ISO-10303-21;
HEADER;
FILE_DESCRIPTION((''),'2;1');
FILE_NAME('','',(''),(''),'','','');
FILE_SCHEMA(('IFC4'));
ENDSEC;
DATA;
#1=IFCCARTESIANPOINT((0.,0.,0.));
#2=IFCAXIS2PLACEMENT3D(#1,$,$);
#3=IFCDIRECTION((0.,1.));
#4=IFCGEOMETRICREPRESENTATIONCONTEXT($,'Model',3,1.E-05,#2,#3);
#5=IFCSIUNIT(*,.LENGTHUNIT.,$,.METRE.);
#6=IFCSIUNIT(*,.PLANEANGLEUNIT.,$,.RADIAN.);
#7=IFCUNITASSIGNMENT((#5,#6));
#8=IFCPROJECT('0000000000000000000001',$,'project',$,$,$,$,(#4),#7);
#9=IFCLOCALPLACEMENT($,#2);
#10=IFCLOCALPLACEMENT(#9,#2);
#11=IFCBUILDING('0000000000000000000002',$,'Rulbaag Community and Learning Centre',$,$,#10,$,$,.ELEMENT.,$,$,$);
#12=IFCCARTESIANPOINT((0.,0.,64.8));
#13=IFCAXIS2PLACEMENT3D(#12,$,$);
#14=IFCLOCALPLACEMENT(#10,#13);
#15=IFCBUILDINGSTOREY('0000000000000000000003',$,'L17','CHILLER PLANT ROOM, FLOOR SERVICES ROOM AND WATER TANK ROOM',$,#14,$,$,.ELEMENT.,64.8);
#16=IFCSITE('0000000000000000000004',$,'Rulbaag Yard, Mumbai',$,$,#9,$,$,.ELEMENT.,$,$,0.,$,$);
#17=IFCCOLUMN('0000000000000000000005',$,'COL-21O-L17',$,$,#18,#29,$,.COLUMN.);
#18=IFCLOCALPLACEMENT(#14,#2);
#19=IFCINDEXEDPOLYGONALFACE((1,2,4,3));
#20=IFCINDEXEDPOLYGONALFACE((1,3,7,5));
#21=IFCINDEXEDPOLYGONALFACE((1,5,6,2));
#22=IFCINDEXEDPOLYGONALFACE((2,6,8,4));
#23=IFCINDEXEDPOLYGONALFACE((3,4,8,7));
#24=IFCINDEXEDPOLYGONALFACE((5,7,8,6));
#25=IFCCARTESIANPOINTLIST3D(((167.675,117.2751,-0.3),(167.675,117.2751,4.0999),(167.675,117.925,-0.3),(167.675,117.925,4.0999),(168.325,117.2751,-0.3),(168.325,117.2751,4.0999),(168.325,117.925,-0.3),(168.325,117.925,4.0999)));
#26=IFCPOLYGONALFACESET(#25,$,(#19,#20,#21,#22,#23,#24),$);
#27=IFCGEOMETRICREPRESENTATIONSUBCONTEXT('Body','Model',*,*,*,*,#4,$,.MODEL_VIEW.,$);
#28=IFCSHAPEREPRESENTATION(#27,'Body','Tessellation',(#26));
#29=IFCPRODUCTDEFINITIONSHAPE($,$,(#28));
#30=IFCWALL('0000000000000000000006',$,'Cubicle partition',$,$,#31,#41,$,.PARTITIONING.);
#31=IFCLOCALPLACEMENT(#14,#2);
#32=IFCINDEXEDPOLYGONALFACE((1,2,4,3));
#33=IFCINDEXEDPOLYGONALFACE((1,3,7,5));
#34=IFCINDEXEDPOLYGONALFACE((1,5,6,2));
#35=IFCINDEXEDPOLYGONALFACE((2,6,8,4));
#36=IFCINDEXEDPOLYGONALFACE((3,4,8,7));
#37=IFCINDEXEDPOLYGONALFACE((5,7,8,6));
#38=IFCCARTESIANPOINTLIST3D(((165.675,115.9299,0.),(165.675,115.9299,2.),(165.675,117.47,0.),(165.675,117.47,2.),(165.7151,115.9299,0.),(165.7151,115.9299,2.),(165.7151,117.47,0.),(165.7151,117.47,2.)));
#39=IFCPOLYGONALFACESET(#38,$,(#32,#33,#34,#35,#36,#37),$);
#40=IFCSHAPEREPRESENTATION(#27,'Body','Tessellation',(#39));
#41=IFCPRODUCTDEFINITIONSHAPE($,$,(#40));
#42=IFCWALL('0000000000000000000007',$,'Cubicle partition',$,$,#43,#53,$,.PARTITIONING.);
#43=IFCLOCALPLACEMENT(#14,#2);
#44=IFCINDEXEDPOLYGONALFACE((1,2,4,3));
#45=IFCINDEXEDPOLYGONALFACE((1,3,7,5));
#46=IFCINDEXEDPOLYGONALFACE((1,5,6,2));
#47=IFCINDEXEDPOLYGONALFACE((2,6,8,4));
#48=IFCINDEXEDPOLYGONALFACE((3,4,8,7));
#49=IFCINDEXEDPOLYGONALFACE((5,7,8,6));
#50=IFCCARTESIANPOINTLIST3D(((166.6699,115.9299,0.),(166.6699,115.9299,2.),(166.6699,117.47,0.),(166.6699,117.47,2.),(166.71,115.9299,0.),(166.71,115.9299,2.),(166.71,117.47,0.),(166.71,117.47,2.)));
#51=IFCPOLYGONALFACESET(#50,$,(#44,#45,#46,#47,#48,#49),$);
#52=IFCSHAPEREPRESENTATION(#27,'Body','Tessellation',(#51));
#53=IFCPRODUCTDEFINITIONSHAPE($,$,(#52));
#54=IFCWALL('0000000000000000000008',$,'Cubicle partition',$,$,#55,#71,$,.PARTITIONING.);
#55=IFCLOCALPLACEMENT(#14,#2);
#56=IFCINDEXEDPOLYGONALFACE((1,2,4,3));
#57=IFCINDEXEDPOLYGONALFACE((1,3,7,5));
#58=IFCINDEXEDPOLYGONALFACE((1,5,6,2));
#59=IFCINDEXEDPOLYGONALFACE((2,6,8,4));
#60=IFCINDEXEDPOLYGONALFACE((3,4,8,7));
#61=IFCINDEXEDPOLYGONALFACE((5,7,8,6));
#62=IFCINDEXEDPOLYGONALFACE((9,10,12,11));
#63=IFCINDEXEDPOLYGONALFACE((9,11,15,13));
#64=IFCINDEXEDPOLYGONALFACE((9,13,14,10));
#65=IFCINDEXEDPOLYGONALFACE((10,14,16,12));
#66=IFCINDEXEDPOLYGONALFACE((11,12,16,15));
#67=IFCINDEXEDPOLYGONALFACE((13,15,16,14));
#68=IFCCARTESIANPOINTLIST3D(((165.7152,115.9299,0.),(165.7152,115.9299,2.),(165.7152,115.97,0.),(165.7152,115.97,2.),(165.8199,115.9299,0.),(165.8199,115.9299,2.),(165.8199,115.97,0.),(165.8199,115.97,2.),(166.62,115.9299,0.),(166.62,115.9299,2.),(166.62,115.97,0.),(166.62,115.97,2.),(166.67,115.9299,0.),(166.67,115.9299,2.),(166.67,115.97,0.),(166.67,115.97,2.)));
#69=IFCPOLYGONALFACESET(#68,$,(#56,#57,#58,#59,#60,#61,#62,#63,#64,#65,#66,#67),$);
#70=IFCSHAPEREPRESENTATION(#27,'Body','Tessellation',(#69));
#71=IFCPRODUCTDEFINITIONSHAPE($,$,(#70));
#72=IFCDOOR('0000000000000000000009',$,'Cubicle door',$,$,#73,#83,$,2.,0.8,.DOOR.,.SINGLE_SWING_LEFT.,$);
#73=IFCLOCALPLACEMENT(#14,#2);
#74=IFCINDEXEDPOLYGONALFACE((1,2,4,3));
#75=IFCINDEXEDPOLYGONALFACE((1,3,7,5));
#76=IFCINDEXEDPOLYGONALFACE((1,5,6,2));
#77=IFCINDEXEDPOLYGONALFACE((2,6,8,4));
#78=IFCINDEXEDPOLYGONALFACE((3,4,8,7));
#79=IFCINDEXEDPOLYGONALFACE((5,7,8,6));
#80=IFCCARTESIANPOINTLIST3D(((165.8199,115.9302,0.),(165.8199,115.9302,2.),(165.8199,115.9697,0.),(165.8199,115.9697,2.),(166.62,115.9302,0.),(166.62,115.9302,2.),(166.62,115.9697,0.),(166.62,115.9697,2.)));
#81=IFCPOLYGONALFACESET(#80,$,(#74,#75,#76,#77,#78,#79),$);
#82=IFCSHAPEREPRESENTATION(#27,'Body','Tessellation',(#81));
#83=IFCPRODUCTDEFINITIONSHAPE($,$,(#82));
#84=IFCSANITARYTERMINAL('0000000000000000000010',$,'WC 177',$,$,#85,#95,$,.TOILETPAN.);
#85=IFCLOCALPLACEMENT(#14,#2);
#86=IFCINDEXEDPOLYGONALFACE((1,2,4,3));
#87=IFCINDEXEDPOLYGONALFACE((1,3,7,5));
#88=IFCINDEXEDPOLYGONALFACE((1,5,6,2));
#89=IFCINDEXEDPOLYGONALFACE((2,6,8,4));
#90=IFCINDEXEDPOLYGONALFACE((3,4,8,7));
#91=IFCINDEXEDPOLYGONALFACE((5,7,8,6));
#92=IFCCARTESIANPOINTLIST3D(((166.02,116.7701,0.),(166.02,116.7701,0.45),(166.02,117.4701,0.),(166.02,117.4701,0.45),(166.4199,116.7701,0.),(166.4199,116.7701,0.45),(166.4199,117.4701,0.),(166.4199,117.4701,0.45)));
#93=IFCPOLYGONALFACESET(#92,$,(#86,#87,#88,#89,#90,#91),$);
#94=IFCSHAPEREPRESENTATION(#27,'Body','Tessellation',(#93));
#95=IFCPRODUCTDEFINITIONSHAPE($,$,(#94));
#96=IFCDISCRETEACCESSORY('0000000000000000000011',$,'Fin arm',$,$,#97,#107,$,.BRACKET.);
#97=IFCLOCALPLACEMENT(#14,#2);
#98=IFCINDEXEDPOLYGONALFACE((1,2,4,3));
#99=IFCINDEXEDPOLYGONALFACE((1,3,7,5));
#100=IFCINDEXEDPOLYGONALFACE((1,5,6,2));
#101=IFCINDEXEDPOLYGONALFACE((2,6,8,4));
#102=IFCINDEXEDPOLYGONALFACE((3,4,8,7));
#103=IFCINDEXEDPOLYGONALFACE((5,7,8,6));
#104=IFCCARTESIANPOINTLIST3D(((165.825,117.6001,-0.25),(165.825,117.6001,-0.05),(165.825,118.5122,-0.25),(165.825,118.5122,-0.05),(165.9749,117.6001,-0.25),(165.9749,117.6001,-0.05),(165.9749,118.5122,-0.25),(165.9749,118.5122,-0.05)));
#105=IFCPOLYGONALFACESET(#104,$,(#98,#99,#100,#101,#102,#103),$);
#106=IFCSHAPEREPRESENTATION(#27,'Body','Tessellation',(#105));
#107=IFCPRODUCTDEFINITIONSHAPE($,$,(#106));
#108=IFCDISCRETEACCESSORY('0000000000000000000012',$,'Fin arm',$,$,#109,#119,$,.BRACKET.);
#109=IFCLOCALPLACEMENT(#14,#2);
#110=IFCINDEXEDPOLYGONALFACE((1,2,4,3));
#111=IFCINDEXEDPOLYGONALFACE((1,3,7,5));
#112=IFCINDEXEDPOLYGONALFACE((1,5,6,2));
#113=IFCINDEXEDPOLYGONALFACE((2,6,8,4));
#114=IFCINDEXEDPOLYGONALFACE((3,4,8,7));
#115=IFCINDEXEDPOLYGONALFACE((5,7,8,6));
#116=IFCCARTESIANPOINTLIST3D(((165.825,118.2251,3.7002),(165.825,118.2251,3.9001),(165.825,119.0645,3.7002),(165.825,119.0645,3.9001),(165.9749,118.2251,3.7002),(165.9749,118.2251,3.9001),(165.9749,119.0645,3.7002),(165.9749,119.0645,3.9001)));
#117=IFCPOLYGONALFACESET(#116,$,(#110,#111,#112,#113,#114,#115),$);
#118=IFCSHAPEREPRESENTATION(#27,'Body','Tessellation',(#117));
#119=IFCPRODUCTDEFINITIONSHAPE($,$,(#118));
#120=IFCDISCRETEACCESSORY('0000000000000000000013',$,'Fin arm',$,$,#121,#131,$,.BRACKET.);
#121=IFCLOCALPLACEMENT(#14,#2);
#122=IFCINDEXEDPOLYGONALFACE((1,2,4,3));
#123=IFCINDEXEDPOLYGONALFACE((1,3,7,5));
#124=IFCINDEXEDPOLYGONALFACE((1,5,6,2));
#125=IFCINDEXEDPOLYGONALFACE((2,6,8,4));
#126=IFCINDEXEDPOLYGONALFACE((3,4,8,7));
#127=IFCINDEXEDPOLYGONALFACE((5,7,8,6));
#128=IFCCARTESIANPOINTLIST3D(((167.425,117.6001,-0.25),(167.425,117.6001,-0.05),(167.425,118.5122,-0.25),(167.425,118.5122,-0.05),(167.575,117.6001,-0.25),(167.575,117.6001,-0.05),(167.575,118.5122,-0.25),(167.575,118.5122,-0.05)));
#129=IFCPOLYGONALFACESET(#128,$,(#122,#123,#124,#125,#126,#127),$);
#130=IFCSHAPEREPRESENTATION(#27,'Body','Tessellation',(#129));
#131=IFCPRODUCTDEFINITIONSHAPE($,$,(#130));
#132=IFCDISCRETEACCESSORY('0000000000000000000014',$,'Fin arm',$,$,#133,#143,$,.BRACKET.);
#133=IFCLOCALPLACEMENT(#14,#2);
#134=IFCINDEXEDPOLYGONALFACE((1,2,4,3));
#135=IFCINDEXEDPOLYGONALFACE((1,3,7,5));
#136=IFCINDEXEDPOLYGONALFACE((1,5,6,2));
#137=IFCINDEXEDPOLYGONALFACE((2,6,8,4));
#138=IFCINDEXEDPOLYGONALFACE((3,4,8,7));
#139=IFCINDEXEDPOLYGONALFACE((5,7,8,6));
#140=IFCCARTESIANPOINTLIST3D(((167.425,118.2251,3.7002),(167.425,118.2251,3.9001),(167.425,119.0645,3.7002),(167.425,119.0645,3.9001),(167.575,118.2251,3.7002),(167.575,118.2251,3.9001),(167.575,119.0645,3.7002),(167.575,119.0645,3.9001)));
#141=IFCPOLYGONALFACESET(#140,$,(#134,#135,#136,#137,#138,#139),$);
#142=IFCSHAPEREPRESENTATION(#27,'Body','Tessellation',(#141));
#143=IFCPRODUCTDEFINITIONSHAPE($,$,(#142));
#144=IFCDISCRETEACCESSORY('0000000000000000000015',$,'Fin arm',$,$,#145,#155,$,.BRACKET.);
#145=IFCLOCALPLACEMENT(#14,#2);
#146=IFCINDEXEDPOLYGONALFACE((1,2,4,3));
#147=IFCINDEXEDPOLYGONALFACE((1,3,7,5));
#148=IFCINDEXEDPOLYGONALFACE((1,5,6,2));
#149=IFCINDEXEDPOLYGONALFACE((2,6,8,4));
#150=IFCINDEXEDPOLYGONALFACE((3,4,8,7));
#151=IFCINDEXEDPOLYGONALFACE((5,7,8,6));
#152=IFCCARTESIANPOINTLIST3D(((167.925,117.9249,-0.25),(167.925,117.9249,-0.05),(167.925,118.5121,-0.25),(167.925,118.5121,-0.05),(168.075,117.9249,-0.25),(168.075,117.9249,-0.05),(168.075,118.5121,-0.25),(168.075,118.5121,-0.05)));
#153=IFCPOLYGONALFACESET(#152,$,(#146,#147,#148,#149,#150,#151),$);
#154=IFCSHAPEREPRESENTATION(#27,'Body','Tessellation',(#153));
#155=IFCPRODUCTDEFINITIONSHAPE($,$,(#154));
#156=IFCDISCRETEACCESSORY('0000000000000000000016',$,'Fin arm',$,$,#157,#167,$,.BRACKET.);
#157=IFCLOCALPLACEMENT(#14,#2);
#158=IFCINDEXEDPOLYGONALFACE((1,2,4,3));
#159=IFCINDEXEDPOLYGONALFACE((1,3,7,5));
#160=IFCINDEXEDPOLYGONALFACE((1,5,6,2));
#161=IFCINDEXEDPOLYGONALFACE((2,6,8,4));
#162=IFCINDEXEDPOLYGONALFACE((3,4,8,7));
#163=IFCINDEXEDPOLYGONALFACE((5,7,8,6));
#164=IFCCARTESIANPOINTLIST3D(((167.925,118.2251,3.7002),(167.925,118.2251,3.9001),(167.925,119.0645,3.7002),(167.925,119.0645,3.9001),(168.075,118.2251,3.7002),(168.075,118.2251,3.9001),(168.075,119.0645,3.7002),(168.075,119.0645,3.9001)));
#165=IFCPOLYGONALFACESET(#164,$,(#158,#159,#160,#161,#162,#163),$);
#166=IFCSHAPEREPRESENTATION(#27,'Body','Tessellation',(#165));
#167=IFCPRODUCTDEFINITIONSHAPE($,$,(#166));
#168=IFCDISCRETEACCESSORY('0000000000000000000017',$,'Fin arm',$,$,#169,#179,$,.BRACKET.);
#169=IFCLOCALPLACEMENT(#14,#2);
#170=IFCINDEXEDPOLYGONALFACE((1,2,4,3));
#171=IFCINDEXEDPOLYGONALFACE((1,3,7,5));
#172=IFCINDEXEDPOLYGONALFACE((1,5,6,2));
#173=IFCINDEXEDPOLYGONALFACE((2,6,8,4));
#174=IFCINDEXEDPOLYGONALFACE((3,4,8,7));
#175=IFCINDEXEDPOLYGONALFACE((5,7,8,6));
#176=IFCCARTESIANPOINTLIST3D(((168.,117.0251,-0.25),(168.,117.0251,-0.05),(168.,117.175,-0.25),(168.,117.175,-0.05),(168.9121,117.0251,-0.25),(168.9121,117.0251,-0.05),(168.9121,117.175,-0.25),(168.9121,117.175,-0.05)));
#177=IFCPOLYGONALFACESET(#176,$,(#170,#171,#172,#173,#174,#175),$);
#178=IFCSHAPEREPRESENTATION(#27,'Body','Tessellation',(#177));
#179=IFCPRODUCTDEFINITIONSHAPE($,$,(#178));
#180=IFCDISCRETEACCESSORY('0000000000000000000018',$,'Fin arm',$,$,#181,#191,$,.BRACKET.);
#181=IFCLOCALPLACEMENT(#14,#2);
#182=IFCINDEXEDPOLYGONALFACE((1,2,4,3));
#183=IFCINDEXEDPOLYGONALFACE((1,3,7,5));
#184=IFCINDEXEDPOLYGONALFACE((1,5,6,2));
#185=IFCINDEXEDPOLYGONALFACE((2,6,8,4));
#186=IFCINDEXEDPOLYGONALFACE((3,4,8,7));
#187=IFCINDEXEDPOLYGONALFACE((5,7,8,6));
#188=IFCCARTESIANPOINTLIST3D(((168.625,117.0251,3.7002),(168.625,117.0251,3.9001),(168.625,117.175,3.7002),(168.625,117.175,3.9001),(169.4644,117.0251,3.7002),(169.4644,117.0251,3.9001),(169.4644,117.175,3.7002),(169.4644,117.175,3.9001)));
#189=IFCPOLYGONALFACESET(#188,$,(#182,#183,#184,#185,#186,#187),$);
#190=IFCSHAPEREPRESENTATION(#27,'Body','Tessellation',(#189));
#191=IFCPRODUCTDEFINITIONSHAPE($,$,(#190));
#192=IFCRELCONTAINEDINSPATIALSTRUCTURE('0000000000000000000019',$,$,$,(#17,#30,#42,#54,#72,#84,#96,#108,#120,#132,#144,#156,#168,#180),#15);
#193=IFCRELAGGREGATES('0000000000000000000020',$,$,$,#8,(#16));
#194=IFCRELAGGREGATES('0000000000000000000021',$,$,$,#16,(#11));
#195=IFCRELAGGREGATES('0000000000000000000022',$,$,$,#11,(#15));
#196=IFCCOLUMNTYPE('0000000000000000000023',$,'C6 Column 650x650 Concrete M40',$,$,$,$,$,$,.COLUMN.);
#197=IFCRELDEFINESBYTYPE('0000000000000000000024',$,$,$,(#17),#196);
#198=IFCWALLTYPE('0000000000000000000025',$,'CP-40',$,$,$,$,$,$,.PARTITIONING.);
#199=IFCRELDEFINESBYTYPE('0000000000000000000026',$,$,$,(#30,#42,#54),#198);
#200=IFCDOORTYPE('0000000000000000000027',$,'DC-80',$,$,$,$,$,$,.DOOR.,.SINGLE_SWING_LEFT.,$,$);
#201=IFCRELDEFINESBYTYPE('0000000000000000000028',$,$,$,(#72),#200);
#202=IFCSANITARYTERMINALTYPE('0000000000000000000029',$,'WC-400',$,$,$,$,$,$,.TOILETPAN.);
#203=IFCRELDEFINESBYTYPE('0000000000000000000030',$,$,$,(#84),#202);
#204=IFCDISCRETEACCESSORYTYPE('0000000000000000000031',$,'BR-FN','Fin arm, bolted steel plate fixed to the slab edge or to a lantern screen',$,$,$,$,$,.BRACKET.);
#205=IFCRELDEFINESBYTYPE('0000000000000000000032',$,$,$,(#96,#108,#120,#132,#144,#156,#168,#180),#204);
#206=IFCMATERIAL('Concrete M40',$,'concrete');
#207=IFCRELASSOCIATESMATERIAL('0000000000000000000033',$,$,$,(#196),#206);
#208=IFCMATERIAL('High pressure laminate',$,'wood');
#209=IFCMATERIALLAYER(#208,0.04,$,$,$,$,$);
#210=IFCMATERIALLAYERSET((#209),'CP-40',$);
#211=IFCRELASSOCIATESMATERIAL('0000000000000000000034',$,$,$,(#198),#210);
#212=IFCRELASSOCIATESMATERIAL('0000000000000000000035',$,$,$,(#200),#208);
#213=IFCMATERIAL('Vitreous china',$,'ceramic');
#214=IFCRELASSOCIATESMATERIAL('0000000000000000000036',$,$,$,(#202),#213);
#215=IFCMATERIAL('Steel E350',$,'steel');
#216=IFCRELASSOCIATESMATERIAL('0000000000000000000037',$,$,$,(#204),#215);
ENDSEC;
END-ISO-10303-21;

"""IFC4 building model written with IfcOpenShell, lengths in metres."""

from ifc_helpers import new_model, si_unit, direction, frame, frame_2d, origin, origin_2d, place, context, subcontext, project, spatial, rectangle, extrude, material, layer, layer_set, material_profile, profile_set, type_object, element, fill, save


model = new_model("IFC4")

# Units and contexts
model_context = context("Model", 3, precision=1e-05, world=origin(), true_north=direction((0.0, 1.0)))
body_context = subcontext(model_context, "Body", "Model", "MODEL_VIEW")
ifc_project = project(units=[si_unit("LENGTHUNIT", "METRE"), si_unit("PLANEANGLEUNIT", "RADIAN")], contexts=[model_context])

# Site, building, storey
site_placement = place(None, origin())
site = spatial("IfcSite", under=ifc_project, at=site_placement, Name="Rulbaag Yard, Mumbai", CompositionType="ELEMENT", RefElevation=0.0)
building_placement = place(site_placement, origin())
building = spatial("IfcBuilding", under=site, at=building_placement, Name="Rulbaag Community and Learning Centre", CompositionType="ELEMENT")
storey_placement = place(building_placement, frame((0.0, 0.0, 64.8)))
storey = spatial("IfcBuildingStorey", under=building, at=storey_placement, Name="L17", Description="CHILLER PLANT ROOM, FLOOR SERVICES ROOM AND WATER TANK ROOM", CompositionType="ELEMENT", Elevation=64.8)

# Column
ifc_material_1 = material(Name="Concrete M40", Category="concrete")
ifc_material_profile = material_profile(ifc_material_1, rectangle(XDim=0.6499, YDim=0.6499, at=origin_2d()), Name="RC650x650")
ifc_profile_set = profile_set([ifc_material_profile], Name="Concrete M40")
column_type = type_object("IfcColumnType", Name="C6 Column 650x650 Concrete M40", PredefinedType="COLUMN", material=ifc_profile_set)
column_placement = place(storey_placement, frame((168.0, 117.6001, -0.3), z_axis=(0.0, 0.0, 1.0), x_axis=(1.0, 0.0, 0.0)))
element("IfcColumn", 1, at=column_placement, inside=storey, type_object=column_type, Name="COL-21O-L17", PredefinedType="COLUMN", context=body_context, shape_type="SweptSolid", body=[
    extrude(rectangle(XDim=0.6499, YDim=0.6499, at=origin_2d()), origin(), (0.0, 0.0, 1.0), 4.3999),
])

# Walls
ifc_material_2 = material(Name="High pressure laminate", Category="wood")
ifc_layer_1 = layer(ifc_material_2, 0.04)
ifc_layer_set_1 = layer_set([ifc_layer_1], Name="CP-40")
wall_type = type_object("IfcWallType", Name="CP-40", PredefinedType="PARTITIONING", material=ifc_layer_set_1)
for number, where, z_axis, x_axis, name in (
    (2, (165.6951, 117.47, 0.0), (0.0, 0.0, 1.0), (0.0, -1.0, 0.0), "Cubicle partition"),
    (3, (166.6899, 117.47, 0.0), (0.0, 0.0, 1.0), (0.0, -1.0, 0.0), "Cubicle partition"),
):
    element("IfcWall", number, at=place(storey_placement, frame(where, z_axis=z_axis, x_axis=x_axis)), inside=storey, type_object=wall_type, Name=name, PredefinedType="PARTITIONING", context=body_context, shape_type="SweptSolid", body=[
        extrude(rectangle(XDim=1.54, YDim=0.04, at=frame_2d((0.77, 0.0))), origin(), (0.0, 0.0, 1.0), 2.0),
    ])

# Wall, opening, door
wall_placement = place(storey_placement, frame((165.7151, 115.95, 0.0), z_axis=(0.0, 0.0, 1.0), x_axis=(1.0, 0.0, 0.0)))
wall = element("IfcWall", 4, at=wall_placement, inside=storey, type_object=wall_type, Name="Cubicle partition", PredefinedType="PARTITIONING", context=body_context, shape_type="SweptSolid", body=[
    extrude(rectangle(XDim=0.9548, YDim=0.04, at=frame_2d((0.4775, 0.0))), origin(), (0.0, 0.0, 1.0), 2.0),
])
opening_1_placement = place(wall_placement, frame((0.105, 0.0, 0.0)))
opening_1 = element("IfcOpeningElement", 5, at=opening_1_placement, cuts=wall, PredefinedType="OPENING", context=body_context, shape_type="SweptSolid", body=[
    extrude(rectangle(XDim=0.8, YDim=2.0, at=frame_2d((0.3999, 1.0))), frame((0.0, 0.03, 0.0), z_axis=(0.0, -1.0, 0.0), x_axis=(1.0, 0.0, 0.0)), (0.0, 0.0, 1.0), 0.0601),
])
door_type = type_object("IfcDoorType", Name="DC-80", OperationType="SINGLE_SWING_LEFT", PredefinedType="DOOR", material=ifc_material_2)
door_placement = place(opening_1_placement, origin())
door = element("IfcDoor", 6, at=door_placement, inside=storey, type_object=door_type, Name="Cubicle door", OperationType="SINGLE_SWING_LEFT", OverallHeight=2.0, OverallWidth=0.8, PredefinedType="DOOR", context=body_context, shape_type="SweptSolid", body=[
    extrude(rectangle(XDim=0.8, YDim=2.0, at=frame_2d((0.3999, 1.0))), frame((0.0, 0.0198, 0.0), z_axis=(0.0, -1.0, 0.0), x_axis=(1.0, 0.0, 0.0)), (0.0, 0.0, 1.0), 0.0396),
])
fill(opening_1, door)

# Sanitary terminal
ifc_material_3 = material(Name="Vitreous china", Category="ceramic")
sanitary_terminal_type = type_object("IfcSanitaryTerminalType", Name="WC-400", PredefinedType="TOILETPAN", material=ifc_material_3)
sanitary_terminal_placement = place(storey_placement, frame((166.22, 117.1201, 0.0), z_axis=(0.0, 0.0, 1.0), x_axis=(1.0, 0.0, 0.0)))
element("IfcSanitaryTerminal", 7, at=sanitary_terminal_placement, inside=storey, type_object=sanitary_terminal_type, Name="WC 177", PredefinedType="TOILETPAN", context=body_context, shape_type="SweptSolid", body=[
    extrude(rectangle(XDim=0.3999, YDim=0.7, at=origin_2d()), origin(), (0.0, 0.0, 1.0), 0.45),
])

# Discrete accessories
ifc_material_4 = material(Name="Steel E350", Category="steel")
discrete_accessory_type_1 = type_object("IfcDiscreteAccessoryType", Name="BR-FN", Description="Fin arm, bolted steel plate fixed to the slab edge or to a lantern screen", PredefinedType="BRACKET", material=ifc_material_4)
discrete_accessory_1_placement = place(storey_placement, frame((165.8999, 118.0562, -0.25), z_axis=(0.0, 0.0, 1.0), x_axis=(1.0, 0.0, 0.0)))
element("IfcDiscreteAccessory", 8, at=discrete_accessory_1_placement, inside=storey, type_object=discrete_accessory_type_1, Name="Fin arm", PredefinedType="BRACKET", context=body_context, shape_type="SweptSolid", body=[
    extrude(rectangle(XDim=0.1499, YDim=0.9121, at=origin_2d()), origin(), (0.0, 0.0, 1.0), 0.2),
])
discrete_accessory_2_placement = place(storey_placement, frame((165.8999, 118.6448, 3.7002), z_axis=(0.0, 0.0, 1.0), x_axis=(1.0, 0.0, 0.0)))
element("IfcDiscreteAccessory", 9, at=discrete_accessory_2_placement, inside=storey, type_object=discrete_accessory_type_1, Name="Fin arm", PredefinedType="BRACKET", context=body_context, shape_type="SweptSolid", body=[
    extrude(rectangle(XDim=0.1499, YDim=0.8394, at=origin_2d()), origin(), (0.0, 0.0, 1.0), 0.2),
])
discrete_accessory_3_placement = place(storey_placement, frame((167.5, 118.0562, -0.25), z_axis=(0.0, 0.0, 1.0), x_axis=(1.0, 0.0, 0.0)))
element("IfcDiscreteAccessory", 10, at=discrete_accessory_3_placement, inside=storey, type_object=discrete_accessory_type_1, Name="Fin arm", PredefinedType="BRACKET", context=body_context, shape_type="SweptSolid", body=[
    extrude(rectangle(XDim=0.1499, YDim=0.9121, at=origin_2d()), origin(), (0.0, 0.0, 1.0), 0.2),
])
discrete_accessory_4_placement = place(storey_placement, frame((167.5, 118.6448, 3.7002), z_axis=(0.0, 0.0, 1.0), x_axis=(1.0, 0.0, 0.0)))
element("IfcDiscreteAccessory", 11, at=discrete_accessory_4_placement, inside=storey, type_object=discrete_accessory_type_1, Name="Fin arm", PredefinedType="BRACKET", context=body_context, shape_type="SweptSolid", body=[
    extrude(rectangle(XDim=0.1499, YDim=0.8394, at=origin_2d()), origin(), (0.0, 0.0, 1.0), 0.2),
])
discrete_accessory_5_placement = place(storey_placement, frame((168.0, 118.2185, -0.25), z_axis=(0.0, 0.0, 1.0), x_axis=(1.0, 0.0, 0.0)))
element("IfcDiscreteAccessory", 12, at=discrete_accessory_5_placement, inside=storey, type_object=discrete_accessory_type_1, Name="Fin arm", PredefinedType="BRACKET", context=body_context, shape_type="SweptSolid", body=[
    extrude(rectangle(XDim=0.1499, YDim=0.5872, at=origin_2d()), origin(), (0.0, 0.0, 1.0), 0.2),
])
discrete_accessory_6_placement = place(storey_placement, frame((168.0, 118.6448, 3.7002), z_axis=(0.0, 0.0, 1.0), x_axis=(1.0, 0.0, 0.0)))
element("IfcDiscreteAccessory", 13, at=discrete_accessory_6_placement, inside=storey, type_object=discrete_accessory_type_1, Name="Fin arm", PredefinedType="BRACKET", context=body_context, shape_type="SweptSolid", body=[
    extrude(rectangle(XDim=0.1499, YDim=0.8394, at=origin_2d()), origin(), (0.0, 0.0, 1.0), 0.2),
])
discrete_accessory_7_placement = place(storey_placement, frame((168.4561, 117.1001, -0.25), z_axis=(0.0, 0.0, 1.0), x_axis=(1.0, 0.0, 0.0)))
element("IfcDiscreteAccessory", 14, at=discrete_accessory_7_placement, inside=storey, type_object=discrete_accessory_type_1, Name="Fin arm", PredefinedType="BRACKET", context=body_context, shape_type="SweptSolid", body=[
    extrude(rectangle(XDim=0.9121, YDim=0.1499, at=origin_2d()), origin(), (0.0, 0.0, 1.0), 0.2),
])
discrete_accessory_8_placement = place(storey_placement, frame((169.0447, 117.1001, 3.7002), z_axis=(0.0, 0.0, 1.0), x_axis=(1.0, 0.0, 0.0)))
element("IfcDiscreteAccessory", 15, at=discrete_accessory_8_placement, inside=storey, type_object=discrete_accessory_type_1, Name="Fin arm", PredefinedType="BRACKET", context=body_context, shape_type="SweptSolid", body=[
    extrude(rectangle(XDim=0.8394, YDim=0.1499, at=origin_2d()), origin(), (0.0, 0.0, 1.0), 0.2),
])

save(model, "model.ifc")
